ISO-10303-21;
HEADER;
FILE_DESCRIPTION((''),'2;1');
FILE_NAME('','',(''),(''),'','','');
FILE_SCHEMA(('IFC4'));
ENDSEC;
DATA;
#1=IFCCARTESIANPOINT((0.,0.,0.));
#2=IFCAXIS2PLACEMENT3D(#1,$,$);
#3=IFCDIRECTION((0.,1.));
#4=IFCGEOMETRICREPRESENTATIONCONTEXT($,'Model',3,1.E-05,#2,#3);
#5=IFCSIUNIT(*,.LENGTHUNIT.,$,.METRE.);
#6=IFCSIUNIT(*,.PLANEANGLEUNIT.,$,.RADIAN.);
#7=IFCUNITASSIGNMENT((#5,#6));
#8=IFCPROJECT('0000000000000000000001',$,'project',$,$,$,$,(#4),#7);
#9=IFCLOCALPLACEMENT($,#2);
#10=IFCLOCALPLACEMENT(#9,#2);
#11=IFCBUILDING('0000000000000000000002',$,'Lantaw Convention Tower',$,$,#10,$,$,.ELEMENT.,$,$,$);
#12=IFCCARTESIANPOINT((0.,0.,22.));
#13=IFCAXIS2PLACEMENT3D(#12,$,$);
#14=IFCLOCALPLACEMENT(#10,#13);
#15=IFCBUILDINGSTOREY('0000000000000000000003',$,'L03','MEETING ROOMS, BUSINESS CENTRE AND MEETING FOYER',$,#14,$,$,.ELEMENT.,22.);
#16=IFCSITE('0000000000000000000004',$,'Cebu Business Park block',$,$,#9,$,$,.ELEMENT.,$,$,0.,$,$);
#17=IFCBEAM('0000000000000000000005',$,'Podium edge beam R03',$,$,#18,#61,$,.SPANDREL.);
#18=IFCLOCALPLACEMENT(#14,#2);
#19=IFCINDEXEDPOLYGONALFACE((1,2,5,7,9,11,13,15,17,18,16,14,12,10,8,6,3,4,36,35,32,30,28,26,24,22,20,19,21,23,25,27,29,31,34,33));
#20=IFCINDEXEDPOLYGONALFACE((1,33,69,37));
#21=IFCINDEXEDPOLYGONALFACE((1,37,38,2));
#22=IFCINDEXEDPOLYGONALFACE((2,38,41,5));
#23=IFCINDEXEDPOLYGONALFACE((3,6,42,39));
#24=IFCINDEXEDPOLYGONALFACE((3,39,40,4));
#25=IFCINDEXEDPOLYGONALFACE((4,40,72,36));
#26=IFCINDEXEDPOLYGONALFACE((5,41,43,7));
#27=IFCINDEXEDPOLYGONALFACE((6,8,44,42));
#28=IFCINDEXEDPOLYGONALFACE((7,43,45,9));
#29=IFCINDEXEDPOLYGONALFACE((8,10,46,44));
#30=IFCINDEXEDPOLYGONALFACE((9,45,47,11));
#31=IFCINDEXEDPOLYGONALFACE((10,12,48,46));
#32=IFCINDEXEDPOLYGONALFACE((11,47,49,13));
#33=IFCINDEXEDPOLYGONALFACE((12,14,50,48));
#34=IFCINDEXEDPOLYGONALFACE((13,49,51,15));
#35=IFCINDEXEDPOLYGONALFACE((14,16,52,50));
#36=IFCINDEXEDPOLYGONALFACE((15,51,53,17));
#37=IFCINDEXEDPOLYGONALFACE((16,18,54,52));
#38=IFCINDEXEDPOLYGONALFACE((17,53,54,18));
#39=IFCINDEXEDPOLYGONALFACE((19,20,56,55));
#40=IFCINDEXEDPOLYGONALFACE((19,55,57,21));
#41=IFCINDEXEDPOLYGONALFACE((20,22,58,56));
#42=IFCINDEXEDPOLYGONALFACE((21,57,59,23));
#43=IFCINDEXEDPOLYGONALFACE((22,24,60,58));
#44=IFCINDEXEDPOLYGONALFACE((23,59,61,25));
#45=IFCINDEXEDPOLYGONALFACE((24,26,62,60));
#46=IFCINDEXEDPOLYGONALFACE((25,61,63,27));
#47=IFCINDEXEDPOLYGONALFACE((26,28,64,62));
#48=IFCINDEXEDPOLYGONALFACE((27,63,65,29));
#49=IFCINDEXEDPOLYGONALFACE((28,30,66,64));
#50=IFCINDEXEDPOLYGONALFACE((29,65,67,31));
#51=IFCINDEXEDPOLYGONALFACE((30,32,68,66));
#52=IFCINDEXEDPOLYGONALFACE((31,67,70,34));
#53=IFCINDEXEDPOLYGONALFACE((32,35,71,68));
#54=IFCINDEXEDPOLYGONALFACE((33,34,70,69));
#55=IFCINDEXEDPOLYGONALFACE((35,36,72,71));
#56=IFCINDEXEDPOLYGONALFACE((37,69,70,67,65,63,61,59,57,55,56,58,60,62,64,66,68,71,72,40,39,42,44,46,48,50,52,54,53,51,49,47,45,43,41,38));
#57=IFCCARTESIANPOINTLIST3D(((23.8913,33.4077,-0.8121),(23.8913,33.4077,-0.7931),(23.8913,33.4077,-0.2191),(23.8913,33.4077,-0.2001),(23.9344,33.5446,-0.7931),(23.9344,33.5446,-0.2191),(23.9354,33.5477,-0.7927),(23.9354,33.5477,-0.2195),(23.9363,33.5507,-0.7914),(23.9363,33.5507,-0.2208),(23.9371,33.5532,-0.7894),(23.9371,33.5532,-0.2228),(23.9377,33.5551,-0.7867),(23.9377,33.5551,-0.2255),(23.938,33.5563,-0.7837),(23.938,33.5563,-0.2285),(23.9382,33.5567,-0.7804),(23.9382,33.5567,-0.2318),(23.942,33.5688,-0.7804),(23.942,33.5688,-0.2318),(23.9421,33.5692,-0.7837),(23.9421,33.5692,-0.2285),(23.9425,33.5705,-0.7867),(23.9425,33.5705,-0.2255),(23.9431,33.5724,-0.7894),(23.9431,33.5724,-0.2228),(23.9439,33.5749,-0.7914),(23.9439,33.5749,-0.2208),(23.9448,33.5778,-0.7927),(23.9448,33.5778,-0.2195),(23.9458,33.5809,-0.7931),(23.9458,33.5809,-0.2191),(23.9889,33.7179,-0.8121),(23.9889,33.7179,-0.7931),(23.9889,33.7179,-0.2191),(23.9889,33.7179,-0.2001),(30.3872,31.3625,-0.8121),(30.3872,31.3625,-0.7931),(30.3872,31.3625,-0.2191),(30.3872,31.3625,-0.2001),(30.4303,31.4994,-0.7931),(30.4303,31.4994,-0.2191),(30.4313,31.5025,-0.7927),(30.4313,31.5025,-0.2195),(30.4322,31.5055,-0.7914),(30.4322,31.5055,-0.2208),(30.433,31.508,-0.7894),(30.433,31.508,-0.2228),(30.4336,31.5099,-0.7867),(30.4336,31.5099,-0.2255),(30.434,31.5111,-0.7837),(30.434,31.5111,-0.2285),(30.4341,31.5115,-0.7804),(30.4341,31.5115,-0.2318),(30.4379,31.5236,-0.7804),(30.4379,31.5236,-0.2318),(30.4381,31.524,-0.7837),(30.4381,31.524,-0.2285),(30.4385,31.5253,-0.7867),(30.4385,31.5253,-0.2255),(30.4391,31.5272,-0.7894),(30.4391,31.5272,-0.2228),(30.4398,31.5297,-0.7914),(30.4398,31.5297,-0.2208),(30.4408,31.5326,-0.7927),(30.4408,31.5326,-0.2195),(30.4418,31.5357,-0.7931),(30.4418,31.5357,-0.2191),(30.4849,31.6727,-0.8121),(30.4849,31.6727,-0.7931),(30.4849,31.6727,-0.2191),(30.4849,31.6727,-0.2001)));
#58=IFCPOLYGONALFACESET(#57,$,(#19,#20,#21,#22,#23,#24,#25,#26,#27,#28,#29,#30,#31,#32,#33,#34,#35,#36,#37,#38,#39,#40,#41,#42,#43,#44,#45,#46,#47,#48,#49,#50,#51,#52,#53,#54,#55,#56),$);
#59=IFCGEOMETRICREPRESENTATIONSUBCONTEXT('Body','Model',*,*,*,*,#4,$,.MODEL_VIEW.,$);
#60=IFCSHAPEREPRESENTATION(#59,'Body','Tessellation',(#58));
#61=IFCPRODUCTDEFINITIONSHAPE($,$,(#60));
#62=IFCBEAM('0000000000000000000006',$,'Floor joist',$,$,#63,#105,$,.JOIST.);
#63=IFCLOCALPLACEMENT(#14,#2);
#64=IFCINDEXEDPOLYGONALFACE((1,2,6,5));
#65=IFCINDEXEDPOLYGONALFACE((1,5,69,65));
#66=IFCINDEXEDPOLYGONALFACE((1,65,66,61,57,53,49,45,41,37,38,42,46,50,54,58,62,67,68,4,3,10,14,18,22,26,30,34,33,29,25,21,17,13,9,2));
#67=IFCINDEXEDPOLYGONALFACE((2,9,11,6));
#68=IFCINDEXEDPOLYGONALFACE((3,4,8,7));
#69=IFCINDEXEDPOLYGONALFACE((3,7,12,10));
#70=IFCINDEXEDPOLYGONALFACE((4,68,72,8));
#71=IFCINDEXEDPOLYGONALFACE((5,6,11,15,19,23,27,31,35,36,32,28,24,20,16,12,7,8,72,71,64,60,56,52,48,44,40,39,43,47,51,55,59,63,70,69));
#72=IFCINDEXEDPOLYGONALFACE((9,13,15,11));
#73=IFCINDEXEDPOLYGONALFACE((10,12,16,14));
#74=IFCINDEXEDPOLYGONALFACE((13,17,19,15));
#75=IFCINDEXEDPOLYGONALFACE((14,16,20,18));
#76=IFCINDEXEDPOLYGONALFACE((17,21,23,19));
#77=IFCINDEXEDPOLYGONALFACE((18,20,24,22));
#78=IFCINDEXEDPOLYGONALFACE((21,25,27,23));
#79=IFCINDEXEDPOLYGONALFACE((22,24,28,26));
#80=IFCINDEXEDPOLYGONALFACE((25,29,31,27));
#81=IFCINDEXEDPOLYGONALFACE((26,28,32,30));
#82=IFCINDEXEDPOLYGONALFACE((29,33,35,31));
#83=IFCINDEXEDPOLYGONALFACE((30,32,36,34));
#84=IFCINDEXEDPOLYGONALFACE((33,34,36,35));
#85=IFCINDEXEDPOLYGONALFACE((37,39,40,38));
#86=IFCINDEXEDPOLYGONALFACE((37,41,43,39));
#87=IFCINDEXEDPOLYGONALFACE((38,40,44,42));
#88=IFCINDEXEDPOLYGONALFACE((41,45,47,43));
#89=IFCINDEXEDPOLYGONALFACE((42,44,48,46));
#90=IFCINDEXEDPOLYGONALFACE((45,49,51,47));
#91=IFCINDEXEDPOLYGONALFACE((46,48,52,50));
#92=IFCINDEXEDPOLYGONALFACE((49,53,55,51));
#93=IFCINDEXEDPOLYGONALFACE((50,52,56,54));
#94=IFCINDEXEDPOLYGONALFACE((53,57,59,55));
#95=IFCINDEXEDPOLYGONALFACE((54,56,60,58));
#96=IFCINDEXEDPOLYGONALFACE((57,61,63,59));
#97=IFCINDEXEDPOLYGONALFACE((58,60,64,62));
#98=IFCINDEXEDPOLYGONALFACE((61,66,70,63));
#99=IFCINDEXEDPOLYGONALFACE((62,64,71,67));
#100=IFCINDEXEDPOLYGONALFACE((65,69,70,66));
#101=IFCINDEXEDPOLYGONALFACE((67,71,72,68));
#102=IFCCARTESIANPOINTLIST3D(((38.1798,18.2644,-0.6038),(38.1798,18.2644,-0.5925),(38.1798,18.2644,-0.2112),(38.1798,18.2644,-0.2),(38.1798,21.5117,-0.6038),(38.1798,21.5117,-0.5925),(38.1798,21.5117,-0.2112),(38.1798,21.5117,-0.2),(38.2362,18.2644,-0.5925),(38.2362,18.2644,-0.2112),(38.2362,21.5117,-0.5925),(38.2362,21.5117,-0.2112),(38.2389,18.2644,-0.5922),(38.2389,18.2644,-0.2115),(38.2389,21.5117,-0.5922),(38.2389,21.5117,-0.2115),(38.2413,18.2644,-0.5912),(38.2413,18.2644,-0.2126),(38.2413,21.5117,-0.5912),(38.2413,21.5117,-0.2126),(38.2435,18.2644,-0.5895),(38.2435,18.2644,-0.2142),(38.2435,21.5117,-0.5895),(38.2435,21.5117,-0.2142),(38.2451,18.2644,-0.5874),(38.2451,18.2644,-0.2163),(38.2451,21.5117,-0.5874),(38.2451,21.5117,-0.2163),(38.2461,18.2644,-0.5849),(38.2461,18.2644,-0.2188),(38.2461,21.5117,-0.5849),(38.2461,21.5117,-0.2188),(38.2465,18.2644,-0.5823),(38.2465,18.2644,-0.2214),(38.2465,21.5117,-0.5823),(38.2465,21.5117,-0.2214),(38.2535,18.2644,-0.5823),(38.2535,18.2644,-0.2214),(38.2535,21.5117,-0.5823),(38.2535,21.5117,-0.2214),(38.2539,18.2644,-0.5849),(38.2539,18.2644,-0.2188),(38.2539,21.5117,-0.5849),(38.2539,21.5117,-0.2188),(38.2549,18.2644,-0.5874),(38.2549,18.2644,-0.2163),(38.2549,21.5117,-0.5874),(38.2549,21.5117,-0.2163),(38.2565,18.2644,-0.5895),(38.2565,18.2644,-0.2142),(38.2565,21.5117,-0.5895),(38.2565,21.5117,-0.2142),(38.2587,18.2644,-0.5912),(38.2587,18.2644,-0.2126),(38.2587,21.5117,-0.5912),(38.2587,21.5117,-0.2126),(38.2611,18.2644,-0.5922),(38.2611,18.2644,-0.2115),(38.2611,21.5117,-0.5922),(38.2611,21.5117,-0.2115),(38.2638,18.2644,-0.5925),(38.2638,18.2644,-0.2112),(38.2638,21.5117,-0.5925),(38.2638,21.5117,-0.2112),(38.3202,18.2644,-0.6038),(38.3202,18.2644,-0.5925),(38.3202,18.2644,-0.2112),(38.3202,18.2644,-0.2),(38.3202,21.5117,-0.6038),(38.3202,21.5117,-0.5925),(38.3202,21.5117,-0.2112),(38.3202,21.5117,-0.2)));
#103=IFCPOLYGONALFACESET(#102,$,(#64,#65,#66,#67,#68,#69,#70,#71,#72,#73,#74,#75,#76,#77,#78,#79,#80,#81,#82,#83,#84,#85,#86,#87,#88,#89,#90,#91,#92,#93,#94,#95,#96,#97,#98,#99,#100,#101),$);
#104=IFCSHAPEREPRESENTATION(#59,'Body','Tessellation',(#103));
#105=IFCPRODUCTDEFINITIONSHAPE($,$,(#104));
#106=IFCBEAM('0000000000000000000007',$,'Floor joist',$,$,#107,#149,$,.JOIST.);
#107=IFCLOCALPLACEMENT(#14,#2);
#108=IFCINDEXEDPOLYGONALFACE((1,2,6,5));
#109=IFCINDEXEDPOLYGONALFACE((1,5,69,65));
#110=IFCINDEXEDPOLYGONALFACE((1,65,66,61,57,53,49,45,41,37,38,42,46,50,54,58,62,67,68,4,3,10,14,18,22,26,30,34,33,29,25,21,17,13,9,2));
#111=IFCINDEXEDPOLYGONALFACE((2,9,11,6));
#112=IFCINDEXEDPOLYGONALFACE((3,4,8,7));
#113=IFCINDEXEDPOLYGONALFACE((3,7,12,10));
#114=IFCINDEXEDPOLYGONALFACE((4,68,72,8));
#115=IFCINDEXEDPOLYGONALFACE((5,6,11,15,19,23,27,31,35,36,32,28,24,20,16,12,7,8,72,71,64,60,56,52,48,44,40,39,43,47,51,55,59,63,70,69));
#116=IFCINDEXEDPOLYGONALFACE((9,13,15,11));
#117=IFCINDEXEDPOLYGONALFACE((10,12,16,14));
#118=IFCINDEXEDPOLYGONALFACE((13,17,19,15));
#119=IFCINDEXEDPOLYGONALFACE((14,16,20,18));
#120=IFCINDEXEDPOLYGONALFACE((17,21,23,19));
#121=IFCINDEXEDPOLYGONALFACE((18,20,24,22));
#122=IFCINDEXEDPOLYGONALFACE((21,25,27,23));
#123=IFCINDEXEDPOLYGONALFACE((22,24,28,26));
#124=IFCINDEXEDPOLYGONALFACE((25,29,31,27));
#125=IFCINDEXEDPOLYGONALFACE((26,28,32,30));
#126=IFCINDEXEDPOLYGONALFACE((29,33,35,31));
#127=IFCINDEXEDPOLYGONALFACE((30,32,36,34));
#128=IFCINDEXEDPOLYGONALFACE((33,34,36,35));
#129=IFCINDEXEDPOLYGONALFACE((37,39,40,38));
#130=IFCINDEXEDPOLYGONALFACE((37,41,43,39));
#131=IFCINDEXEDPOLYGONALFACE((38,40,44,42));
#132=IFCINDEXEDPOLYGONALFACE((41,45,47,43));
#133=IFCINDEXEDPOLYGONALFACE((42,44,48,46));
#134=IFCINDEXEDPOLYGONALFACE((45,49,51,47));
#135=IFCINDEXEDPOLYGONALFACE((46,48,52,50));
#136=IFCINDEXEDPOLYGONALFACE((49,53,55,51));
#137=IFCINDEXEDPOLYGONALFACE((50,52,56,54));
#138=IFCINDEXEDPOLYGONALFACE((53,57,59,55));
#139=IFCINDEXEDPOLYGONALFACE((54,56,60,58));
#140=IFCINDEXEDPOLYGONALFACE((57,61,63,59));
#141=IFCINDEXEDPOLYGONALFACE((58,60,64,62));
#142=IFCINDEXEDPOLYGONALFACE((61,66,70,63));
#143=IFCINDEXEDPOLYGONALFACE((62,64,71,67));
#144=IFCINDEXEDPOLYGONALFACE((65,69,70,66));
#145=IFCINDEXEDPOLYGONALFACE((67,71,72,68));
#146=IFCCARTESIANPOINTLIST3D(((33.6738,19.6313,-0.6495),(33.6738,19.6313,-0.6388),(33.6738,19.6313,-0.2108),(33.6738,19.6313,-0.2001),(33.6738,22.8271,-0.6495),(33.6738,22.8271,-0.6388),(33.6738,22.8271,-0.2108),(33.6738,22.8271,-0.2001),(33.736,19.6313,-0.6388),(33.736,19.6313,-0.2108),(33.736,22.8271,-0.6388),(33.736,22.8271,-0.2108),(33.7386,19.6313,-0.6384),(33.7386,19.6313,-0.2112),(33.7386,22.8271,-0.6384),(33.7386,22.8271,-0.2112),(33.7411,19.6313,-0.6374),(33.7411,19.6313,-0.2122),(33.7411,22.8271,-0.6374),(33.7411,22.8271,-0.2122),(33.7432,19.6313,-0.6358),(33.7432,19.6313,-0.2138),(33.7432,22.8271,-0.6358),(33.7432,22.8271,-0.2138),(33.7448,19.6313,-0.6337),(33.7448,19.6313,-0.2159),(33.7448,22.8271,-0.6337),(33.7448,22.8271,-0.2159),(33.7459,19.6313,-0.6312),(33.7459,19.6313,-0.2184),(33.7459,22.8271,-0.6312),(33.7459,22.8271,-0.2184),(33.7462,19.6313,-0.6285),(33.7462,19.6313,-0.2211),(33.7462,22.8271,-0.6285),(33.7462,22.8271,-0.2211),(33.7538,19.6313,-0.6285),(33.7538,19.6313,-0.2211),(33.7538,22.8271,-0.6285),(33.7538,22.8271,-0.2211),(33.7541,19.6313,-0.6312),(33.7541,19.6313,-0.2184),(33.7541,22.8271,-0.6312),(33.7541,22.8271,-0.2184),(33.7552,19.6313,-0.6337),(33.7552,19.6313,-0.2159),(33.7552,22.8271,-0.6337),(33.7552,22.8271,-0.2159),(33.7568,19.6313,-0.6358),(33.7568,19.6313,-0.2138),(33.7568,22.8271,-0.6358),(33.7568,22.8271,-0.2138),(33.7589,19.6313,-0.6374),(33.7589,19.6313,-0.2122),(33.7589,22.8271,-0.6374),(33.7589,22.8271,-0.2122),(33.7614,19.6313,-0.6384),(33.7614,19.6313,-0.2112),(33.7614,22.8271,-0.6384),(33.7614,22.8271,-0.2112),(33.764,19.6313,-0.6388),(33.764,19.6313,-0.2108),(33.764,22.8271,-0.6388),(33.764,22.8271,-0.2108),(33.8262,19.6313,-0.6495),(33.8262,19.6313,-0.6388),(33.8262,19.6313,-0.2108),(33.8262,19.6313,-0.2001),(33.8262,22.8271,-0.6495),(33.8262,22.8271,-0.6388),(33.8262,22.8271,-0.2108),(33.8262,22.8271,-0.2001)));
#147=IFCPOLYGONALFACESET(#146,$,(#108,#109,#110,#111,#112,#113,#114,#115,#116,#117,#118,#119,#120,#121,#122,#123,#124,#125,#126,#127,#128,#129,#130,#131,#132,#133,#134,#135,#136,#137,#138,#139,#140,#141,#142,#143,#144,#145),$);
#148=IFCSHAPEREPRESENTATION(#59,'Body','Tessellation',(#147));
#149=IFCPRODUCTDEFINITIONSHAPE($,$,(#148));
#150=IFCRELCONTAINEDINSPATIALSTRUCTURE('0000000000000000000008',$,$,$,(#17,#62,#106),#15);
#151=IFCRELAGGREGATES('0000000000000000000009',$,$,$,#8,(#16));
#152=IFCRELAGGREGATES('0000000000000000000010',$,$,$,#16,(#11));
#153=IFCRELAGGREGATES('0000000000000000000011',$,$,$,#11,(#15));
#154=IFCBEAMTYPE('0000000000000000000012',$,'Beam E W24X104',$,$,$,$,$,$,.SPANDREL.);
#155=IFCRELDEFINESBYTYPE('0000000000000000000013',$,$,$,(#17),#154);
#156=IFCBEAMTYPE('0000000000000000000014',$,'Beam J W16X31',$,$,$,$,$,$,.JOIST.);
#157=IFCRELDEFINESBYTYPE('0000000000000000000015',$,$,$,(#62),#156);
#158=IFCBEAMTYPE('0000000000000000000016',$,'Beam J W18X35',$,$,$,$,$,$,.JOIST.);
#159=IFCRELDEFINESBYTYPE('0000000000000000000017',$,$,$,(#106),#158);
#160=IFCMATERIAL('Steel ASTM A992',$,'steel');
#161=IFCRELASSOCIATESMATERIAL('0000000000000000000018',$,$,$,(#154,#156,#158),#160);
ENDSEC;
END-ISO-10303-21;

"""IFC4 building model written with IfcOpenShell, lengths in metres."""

from ifc_helpers import new_model, si_unit, direction, frame, origin, origin_2d, place, context, subcontext, project, spatial, i_section, extrude, material, material_profile, profile_set, type_object, element, save


model = new_model("IFC4")

# Units and contexts
model_context = context("Model", 3, precision=1e-05, world=origin(), true_north=direction((0.0, 1.0)))
body_context = subcontext(model_context, "Body", "Model", "MODEL_VIEW")
ifc_project = project(units=[si_unit("LENGTHUNIT", "METRE"), si_unit("PLANEANGLEUNIT", "RADIAN")], contexts=[model_context])

# Site, building, storey
site_placement = place(None, origin())
site = spatial("IfcSite", under=ifc_project, at=site_placement, Name="Cebu Business Park block", CompositionType="ELEMENT", RefElevation=0.0)
building_placement = place(site_placement, origin())
building = spatial("IfcBuilding", under=site, at=building_placement, Name="Lantaw Convention Tower", CompositionType="ELEMENT")
storey_placement = place(building_placement, frame((0.0, 0.0, 22.0)))
storey = spatial("IfcBuildingStorey", under=building, at=storey_placement, Name="L03", Description="MEETING ROOMS, BUSINESS CENTRE AND MEETING FOYER", CompositionType="ELEMENT", Elevation=22.0)

# Beams
ifc_material_1 = material(Name="Steel ASTM A992", Category="steel")
ifc_material_profile_1 = material_profile(ifc_material_1, i_section(OverallWidth=0.3252, OverallDepth=0.6121, WebThickness=0.0127, FlangeThickness=0.019, FilletRadius=0.0127, at=origin_2d()), Name="W24X104")
ifc_profile_set_1 = profile_set([ifc_material_profile_1], Name="Steel ASTM A992")
beam_type_1 = type_object("IfcBeamType", Name="Beam E W24X104", PredefinedType="SPANDREL", material=ifc_profile_set_1)
beam_1_placement = place(storey_placement, frame((30.436, 31.5176, -0.5061), z_axis=(-0.953842, 0.300309, 0.0), x_axis=(-0.300309, -0.953842, 0.0)))
element("IfcBeam", 1, at=beam_1_placement, inside=storey, type_object=beam_type_1, Name="Podium edge beam R03", PredefinedType="SPANDREL", context=body_context, shape_type="SweptSolid", body=[
    extrude(i_section(OverallWidth=0.3252, OverallDepth=0.6121, WebThickness=0.0127, FlangeThickness=0.019, FilletRadius=0.0127, at=origin_2d()), origin(), (0.0, 0.0, 1.0), 6.8103),
])
ifc_material_profile_2 = material_profile(ifc_material_1, i_section(OverallWidth=0.1404, OverallDepth=0.4038, WebThickness=0.0071, FlangeThickness=0.0112, FilletRadius=0.0103, at=origin_2d()), Name="W16X31")
ifc_profile_set_2 = profile_set([ifc_material_profile_2], Name="Steel ASTM A992")
beam_type_2 = type_object("IfcBeamType", Name="Beam J W16X31", PredefinedType="JOIST", material=ifc_profile_set_2)
beam_2_placement = place(storey_placement, frame((38.25, 18.2644, -0.4019), z_axis=(0.0, 1.0, 0.0), x_axis=(-1.0, 0.0, 0.0)))
element("IfcBeam", 2, at=beam_2_placement, inside=storey, type_object=beam_type_2, Name="Floor joist", PredefinedType="JOIST", context=body_context, shape_type="SweptSolid", body=[
    extrude(i_section(OverallWidth=0.1404, OverallDepth=0.4038, WebThickness=0.0071, FlangeThickness=0.0112, FilletRadius=0.0103, at=origin_2d()), origin(), (0.0, 0.0, 1.0), 3.2473),
])
ifc_material_profile_3 = material_profile(ifc_material_1, i_section(OverallWidth=0.1523, OverallDepth=0.4495, WebThickness=0.0076, FlangeThickness=0.0107, FilletRadius=0.0103, at=origin_2d()), Name="W18X35")
ifc_profile_set_3 = profile_set([ifc_material_profile_3], Name="Steel ASTM A992")
beam_type_3 = type_object("IfcBeamType", Name="Beam J W18X35", PredefinedType="JOIST", material=ifc_profile_set_3)
beam_3_placement = place(storey_placement, frame((33.75, 19.6313, -0.4248), z_axis=(0.0, 1.0, 0.0), x_axis=(-1.0, 0.0, 0.0)))
element("IfcBeam", 3, at=beam_3_placement, inside=storey, type_object=beam_type_3, Name="Floor joist", PredefinedType="JOIST", context=body_context, shape_type="SweptSolid", body=[
    extrude(i_section(OverallWidth=0.1523, OverallDepth=0.4495, WebThickness=0.0076, FlangeThickness=0.0107, FilletRadius=0.0103, at=origin_2d()), origin(), (0.0, 0.0, 1.0), 3.1958),
])

save(model, "model.ifc")
